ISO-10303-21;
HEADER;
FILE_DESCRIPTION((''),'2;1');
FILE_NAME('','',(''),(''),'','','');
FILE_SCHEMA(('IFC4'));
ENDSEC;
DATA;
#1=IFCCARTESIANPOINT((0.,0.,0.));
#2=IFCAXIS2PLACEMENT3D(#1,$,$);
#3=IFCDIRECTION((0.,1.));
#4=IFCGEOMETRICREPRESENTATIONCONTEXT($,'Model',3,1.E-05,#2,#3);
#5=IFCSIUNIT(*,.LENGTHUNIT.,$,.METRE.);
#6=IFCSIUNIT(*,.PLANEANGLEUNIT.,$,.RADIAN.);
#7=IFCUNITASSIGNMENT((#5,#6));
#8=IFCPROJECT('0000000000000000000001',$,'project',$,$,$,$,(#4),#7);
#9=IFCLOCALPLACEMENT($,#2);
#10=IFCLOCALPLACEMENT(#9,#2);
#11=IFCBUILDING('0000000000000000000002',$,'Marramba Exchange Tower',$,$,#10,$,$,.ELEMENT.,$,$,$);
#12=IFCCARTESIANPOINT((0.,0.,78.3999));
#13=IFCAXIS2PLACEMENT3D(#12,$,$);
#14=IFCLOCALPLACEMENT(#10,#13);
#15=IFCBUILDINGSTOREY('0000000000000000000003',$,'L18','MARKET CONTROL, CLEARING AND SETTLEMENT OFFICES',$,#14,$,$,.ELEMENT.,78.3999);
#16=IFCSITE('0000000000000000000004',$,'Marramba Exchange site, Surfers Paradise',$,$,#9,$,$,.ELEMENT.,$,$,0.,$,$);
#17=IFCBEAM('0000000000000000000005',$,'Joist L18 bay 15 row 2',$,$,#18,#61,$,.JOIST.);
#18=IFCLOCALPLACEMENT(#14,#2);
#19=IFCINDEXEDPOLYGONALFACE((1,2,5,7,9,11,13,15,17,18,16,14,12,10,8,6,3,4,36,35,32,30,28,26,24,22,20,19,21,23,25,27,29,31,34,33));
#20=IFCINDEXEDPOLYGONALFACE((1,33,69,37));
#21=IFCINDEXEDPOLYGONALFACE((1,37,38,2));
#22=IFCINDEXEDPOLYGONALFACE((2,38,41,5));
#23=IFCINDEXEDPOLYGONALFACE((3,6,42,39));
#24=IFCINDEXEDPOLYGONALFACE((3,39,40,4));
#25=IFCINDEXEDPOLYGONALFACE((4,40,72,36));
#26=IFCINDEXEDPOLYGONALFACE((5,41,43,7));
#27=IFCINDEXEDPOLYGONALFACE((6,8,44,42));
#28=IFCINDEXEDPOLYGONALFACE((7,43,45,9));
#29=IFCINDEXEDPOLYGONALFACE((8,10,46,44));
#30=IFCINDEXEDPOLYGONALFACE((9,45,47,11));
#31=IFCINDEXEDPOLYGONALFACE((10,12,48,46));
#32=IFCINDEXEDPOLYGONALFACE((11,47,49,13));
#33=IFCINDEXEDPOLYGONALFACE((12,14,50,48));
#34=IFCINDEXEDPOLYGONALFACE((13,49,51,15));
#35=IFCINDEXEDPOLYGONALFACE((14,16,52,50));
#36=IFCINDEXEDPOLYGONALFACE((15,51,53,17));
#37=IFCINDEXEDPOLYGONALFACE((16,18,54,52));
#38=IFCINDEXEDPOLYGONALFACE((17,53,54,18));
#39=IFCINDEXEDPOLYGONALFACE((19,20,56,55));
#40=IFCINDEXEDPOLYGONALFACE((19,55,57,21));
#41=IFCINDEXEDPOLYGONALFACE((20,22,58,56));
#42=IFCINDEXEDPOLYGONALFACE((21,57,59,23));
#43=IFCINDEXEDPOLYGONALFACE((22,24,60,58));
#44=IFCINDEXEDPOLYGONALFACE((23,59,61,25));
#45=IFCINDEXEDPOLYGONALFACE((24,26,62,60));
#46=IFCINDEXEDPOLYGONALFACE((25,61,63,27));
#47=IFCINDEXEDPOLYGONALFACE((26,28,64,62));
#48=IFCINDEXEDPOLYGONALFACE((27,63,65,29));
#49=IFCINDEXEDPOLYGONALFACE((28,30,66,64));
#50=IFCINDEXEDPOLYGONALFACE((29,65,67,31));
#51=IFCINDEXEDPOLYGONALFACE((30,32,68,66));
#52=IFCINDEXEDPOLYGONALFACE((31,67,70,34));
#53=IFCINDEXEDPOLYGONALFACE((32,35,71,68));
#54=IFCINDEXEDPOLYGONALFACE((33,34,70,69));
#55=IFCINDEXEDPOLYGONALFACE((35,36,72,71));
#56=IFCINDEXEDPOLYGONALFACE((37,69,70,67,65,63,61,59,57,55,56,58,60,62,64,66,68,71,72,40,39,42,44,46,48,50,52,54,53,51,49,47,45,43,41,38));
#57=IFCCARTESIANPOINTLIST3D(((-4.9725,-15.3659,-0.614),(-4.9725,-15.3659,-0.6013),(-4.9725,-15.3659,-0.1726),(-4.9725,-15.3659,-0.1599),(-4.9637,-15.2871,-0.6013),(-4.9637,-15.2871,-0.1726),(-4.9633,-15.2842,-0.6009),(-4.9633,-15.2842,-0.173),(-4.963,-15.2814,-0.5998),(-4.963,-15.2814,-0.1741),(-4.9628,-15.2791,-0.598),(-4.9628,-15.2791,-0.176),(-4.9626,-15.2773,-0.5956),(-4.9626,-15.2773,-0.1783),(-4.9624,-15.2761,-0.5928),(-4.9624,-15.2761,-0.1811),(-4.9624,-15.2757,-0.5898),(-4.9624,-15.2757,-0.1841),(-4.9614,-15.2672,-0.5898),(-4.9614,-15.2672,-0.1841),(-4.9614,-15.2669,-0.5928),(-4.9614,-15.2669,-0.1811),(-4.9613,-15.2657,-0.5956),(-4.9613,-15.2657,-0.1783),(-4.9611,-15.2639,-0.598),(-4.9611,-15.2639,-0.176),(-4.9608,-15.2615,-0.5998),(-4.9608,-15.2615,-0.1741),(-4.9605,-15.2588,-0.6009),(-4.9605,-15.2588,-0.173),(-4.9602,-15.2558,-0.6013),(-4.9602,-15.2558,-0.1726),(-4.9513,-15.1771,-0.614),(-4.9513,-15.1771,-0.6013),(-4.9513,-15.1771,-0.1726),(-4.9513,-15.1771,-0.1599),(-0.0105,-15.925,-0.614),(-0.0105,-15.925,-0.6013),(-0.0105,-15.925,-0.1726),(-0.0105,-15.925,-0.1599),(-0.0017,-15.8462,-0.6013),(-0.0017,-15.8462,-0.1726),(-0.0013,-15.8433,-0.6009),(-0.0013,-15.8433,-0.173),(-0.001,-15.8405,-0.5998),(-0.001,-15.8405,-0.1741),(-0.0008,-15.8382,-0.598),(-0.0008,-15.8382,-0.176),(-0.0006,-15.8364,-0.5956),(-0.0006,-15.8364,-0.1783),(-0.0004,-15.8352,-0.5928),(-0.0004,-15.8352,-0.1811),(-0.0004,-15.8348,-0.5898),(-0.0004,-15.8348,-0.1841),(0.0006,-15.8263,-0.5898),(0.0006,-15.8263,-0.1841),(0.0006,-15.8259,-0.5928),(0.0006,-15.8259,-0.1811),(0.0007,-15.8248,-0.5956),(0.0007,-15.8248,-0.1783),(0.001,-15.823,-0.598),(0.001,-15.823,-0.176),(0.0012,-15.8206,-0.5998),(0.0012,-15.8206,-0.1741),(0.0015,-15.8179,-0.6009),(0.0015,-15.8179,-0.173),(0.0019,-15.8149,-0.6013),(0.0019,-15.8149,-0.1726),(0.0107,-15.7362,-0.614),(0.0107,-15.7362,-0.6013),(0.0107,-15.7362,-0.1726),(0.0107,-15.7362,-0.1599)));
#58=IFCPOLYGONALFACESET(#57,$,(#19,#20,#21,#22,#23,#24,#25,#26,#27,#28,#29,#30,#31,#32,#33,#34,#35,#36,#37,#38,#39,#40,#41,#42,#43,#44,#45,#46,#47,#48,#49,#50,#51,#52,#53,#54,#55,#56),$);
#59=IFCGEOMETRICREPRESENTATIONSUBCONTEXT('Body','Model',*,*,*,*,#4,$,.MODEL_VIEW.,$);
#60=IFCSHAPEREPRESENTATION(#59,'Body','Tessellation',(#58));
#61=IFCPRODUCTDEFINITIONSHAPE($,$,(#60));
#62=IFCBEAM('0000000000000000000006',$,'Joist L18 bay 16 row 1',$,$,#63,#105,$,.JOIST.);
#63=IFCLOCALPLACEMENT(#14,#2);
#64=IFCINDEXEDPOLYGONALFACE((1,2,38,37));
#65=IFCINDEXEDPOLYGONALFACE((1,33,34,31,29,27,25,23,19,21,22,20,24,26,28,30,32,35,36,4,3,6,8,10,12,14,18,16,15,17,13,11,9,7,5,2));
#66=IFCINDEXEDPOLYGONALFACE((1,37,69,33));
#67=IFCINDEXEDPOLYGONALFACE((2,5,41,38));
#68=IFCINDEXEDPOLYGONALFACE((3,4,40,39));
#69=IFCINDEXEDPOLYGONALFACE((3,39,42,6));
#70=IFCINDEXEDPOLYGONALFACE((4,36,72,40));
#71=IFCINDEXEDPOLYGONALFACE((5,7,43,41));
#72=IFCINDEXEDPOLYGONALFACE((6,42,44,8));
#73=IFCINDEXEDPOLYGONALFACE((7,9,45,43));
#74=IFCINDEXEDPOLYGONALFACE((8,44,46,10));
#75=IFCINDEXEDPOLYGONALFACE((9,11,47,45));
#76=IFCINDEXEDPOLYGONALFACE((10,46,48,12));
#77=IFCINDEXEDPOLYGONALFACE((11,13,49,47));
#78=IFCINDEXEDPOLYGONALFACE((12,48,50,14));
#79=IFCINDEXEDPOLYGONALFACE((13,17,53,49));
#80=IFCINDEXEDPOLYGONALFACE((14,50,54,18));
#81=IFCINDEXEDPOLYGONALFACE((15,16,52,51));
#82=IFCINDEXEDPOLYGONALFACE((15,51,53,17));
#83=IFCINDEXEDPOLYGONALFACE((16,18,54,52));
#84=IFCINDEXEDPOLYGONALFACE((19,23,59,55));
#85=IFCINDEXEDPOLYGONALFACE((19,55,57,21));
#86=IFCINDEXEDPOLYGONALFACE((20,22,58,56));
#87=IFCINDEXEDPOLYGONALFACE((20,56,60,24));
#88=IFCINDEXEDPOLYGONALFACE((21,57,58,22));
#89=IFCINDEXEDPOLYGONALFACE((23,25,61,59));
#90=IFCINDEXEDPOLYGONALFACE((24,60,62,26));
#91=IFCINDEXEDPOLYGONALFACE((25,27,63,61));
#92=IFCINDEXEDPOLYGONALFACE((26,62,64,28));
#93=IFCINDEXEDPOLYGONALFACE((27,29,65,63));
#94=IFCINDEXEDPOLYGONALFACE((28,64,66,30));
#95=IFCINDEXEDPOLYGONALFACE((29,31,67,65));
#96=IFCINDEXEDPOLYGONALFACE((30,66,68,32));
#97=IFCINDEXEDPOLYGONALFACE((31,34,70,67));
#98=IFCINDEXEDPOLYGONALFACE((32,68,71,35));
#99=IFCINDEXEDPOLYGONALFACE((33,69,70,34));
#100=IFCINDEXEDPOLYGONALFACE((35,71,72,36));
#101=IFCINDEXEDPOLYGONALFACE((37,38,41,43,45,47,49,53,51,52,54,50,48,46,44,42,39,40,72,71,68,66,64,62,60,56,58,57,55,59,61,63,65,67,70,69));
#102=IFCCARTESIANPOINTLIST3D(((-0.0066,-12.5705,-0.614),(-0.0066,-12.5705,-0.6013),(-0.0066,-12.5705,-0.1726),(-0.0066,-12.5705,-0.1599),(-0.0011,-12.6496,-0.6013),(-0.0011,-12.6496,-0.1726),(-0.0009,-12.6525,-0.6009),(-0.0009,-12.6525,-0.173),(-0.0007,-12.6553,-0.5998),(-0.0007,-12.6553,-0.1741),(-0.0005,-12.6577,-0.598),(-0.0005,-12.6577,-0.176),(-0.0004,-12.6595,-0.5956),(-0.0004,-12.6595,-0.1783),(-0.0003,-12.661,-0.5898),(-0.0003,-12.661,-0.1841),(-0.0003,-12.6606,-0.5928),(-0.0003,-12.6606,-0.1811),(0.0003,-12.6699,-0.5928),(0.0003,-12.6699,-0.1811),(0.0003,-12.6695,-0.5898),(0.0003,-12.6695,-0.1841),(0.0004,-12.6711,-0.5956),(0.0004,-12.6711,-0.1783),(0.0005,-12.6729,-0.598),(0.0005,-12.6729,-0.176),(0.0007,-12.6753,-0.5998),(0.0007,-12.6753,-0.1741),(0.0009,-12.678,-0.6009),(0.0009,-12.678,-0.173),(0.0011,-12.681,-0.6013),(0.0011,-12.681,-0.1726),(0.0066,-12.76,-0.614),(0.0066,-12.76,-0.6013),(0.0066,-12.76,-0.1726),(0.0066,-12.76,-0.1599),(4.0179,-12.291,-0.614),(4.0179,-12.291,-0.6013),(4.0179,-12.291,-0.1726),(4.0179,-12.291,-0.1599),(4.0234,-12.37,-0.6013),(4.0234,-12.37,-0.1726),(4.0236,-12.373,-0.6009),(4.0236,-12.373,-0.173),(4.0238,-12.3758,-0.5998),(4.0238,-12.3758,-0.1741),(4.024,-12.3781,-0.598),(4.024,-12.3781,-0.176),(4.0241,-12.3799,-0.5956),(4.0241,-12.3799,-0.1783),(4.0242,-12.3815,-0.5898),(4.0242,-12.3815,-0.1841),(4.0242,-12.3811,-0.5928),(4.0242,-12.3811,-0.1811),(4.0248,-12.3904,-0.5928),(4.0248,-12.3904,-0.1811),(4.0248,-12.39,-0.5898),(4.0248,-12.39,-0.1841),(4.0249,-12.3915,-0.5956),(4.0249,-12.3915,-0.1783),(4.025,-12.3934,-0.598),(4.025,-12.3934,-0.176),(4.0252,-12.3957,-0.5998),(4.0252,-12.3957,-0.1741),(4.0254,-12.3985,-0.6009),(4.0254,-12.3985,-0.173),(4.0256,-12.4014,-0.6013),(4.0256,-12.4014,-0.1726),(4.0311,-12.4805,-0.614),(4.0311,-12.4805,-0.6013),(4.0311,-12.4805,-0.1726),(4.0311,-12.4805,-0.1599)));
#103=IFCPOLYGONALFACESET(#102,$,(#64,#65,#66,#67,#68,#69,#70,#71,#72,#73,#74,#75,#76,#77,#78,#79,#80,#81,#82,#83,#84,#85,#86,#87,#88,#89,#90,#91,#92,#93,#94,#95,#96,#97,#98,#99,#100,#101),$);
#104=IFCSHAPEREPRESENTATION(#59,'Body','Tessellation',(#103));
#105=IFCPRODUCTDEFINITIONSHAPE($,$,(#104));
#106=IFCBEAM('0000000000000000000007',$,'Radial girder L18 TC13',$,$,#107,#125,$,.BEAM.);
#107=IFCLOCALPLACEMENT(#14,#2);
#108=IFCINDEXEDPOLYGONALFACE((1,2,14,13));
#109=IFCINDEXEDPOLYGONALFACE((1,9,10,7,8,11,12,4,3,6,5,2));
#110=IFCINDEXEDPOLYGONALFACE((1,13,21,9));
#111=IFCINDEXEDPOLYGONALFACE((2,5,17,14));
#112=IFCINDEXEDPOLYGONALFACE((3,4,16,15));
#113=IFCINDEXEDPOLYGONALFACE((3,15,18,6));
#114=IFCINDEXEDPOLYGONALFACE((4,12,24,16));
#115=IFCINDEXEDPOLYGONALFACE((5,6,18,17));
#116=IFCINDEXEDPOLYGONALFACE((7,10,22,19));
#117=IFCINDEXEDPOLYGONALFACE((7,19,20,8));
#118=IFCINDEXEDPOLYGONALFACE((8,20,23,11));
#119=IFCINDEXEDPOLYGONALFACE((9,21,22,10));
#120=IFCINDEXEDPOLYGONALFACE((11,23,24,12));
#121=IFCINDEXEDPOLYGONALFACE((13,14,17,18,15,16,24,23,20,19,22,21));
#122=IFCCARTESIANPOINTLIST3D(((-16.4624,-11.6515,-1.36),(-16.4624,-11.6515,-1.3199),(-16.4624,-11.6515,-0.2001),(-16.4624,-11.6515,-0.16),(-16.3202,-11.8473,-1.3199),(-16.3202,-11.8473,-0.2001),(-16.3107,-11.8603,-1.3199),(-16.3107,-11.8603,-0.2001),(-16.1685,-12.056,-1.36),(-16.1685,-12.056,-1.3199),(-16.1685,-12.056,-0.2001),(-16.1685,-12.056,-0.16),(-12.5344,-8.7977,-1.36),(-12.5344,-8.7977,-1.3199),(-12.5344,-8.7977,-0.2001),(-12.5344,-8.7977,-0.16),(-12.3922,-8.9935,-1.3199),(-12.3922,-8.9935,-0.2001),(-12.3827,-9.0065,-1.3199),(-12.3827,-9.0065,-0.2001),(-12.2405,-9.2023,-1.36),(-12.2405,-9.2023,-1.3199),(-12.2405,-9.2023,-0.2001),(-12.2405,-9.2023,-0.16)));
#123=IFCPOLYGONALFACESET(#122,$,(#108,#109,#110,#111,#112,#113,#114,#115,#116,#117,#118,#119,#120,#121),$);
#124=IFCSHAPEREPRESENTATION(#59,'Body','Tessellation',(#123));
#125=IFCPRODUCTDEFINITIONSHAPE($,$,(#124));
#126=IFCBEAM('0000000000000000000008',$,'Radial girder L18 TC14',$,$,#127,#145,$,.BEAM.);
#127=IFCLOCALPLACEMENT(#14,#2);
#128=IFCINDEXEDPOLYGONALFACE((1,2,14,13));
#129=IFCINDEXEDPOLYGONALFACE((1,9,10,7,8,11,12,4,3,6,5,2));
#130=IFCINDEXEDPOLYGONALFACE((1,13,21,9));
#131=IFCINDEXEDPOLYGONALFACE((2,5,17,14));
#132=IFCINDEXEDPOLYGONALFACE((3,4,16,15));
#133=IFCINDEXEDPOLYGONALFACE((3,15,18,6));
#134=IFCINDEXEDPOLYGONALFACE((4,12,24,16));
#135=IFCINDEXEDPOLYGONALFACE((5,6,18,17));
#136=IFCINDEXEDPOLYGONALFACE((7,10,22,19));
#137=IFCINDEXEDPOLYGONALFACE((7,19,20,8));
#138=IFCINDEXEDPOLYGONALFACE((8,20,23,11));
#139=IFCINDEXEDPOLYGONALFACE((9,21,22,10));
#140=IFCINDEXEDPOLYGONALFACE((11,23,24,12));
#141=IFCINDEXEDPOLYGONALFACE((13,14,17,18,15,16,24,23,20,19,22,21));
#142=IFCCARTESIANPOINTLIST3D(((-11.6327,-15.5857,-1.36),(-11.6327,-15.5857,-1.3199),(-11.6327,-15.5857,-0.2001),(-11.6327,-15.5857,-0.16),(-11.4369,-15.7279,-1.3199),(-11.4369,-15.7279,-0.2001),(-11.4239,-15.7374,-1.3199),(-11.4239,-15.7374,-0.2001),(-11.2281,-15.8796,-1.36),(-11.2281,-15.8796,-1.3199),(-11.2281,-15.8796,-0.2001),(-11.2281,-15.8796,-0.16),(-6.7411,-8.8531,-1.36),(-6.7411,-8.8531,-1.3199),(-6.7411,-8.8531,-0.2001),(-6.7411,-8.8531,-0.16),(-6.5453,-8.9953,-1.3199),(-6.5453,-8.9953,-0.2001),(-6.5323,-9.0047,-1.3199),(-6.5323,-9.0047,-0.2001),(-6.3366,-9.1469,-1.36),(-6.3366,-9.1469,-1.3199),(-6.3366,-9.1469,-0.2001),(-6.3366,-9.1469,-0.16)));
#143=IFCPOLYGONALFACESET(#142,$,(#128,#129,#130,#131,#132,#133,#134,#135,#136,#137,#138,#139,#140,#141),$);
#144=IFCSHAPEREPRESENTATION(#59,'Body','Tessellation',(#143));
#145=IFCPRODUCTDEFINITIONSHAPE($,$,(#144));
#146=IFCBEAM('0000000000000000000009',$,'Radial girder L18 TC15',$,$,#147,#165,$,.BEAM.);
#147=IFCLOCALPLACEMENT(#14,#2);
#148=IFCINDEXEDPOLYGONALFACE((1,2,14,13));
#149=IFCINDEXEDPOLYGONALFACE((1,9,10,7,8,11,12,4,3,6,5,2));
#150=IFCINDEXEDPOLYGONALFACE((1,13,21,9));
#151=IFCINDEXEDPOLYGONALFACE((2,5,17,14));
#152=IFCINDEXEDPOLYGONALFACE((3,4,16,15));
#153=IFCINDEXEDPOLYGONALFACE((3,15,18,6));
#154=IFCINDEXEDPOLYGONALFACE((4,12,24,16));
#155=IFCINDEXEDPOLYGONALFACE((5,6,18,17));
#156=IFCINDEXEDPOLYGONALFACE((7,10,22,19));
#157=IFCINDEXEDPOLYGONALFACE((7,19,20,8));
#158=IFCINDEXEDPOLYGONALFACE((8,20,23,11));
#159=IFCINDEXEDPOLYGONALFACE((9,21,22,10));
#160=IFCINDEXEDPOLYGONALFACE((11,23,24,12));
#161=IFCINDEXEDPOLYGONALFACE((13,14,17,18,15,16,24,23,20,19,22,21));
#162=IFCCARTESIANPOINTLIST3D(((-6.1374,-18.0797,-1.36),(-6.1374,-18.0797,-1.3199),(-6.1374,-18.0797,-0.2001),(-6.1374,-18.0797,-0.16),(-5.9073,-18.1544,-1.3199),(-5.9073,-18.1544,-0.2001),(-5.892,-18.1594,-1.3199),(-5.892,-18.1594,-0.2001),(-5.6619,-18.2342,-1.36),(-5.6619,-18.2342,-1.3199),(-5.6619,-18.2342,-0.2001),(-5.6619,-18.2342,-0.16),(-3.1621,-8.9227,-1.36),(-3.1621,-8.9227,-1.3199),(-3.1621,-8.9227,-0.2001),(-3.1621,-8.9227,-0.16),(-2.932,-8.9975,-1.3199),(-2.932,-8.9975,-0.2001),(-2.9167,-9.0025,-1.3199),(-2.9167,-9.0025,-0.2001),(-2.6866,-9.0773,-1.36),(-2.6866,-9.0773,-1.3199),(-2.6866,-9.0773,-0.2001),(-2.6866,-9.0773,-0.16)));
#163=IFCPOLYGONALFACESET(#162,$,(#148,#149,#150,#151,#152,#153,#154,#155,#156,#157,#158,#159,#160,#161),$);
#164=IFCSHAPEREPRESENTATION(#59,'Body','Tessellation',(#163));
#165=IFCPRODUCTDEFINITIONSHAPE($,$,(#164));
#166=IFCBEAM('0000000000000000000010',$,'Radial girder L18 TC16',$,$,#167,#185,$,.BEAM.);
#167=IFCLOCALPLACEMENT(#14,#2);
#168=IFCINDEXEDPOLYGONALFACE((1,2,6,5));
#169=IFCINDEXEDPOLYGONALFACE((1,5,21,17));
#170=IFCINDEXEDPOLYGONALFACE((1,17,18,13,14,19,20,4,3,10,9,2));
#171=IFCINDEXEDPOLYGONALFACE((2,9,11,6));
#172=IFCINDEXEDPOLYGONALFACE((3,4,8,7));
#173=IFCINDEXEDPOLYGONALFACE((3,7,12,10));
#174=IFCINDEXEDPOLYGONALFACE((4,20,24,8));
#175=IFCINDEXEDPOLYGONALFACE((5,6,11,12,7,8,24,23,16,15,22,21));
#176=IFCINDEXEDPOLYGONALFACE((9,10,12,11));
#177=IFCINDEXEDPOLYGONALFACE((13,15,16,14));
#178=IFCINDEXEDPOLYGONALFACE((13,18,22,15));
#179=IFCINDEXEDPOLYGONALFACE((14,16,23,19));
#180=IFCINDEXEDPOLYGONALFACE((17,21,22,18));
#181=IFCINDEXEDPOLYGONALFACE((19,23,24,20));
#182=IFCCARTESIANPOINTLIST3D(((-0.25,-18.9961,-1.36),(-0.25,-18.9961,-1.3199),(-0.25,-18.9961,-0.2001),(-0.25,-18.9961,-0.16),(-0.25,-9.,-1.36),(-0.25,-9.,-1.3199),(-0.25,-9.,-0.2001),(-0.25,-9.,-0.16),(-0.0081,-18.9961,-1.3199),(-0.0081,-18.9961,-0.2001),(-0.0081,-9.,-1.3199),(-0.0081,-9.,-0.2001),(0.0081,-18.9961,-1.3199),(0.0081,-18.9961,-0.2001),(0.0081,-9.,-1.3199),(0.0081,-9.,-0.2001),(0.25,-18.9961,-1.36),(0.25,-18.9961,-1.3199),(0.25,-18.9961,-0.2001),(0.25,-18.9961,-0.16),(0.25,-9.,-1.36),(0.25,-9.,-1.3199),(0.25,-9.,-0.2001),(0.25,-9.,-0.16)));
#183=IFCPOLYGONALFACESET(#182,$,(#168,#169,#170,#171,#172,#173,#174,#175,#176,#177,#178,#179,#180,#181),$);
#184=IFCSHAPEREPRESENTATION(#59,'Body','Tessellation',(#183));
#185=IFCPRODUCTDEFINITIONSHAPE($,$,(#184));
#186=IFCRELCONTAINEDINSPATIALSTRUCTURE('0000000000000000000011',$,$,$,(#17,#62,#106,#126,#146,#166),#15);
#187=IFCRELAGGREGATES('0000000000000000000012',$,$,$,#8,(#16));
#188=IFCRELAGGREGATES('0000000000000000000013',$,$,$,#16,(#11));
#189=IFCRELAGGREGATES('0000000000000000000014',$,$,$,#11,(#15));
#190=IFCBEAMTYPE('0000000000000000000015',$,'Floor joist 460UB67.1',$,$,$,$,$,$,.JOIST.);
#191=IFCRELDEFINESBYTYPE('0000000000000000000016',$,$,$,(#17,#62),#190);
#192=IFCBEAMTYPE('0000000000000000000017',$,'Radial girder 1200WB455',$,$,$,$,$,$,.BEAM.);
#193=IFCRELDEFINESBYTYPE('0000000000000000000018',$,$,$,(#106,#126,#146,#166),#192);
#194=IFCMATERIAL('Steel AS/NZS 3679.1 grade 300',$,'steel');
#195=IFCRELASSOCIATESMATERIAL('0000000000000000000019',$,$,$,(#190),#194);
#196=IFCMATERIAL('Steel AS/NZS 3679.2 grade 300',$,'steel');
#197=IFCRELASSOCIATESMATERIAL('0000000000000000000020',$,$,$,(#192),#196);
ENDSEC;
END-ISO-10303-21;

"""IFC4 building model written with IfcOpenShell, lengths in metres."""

from ifc_helpers import new_model, si_unit, direction, frame, origin, origin_2d, place, context, subcontext, project, spatial, i_section, extrude, material, material_profile, profile_set, type_object, element, save


model = new_model("IFC4")

# Units and contexts
model_context = context("Model", 3, precision=1e-05, world=origin(), true_north=direction((0.0, 1.0)))
body_context = subcontext(model_context, "Body", "Model", "MODEL_VIEW")
ifc_project = project(units=[si_unit("LENGTHUNIT", "METRE"), si_unit("PLANEANGLEUNIT", "RADIAN")], contexts=[model_context])

# Site, building, storey
site_placement = place(None, origin())
site = spatial("IfcSite", under=ifc_project, at=site_placement, Name="Marramba Exchange site, Surfers Paradise", CompositionType="ELEMENT", RefElevation=0.0)
building_placement = place(site_placement, origin())
building = spatial("IfcBuilding", under=site, at=building_placement, Name="Marramba Exchange Tower", CompositionType="ELEMENT")
storey_placement = place(building_placement, frame((0.0, 0.0, 78.3999)))
storey = spatial("IfcBuildingStorey", under=building, at=storey_placement, Name="L18", Description="MARKET CONTROL, CLEARING AND SETTLEMENT OFFICES", CompositionType="ELEMENT", Elevation=78.3999)

# Beams
ifc_material_1 = material(Name="Steel AS/NZS 3679.2 grade 300", Category="steel")
ifc_material_2 = material(Name="Steel AS/NZS 3679.1 grade 300", Category="steel")
ifc_material_profile_1 = material_profile(ifc_material_2, i_section(OverallWidth=0.1899, OverallDepth=0.4541, WebThickness=0.0085, FlangeThickness=0.0127, FilletRadius=0.0115, at=origin_2d()), Name="460UB67.1")
ifc_profile_set_1 = profile_set([ifc_material_profile_1], Name="Steel AS/NZS 3679.1 grade 300")
beam_type_1 = type_object("IfcBeamType", Name="Floor joist 460UB67.1", PredefinedType="JOIST", material=ifc_profile_set_1)
beam_1_placement = place(storey_placement, frame((-4.9619, -15.2715, -0.387), z_axis=(0.993712, -0.111966, 0.0), x_axis=(0.111966, 0.993712, 0.0)))
element("IfcBeam", 1, at=beam_1_placement, inside=storey, type_object=beam_type_1, Name="Joist L18 bay 15 row 2", PredefinedType="JOIST", context=body_context, shape_type="SweptSolid", body=[
    extrude(i_section(OverallWidth=0.1899, OverallDepth=0.4541, WebThickness=0.0085, FlangeThickness=0.0127, FilletRadius=0.0115, at=origin_2d()), origin(), (0.0, 0.0, 1.0), 4.9934),
])
beam_2_placement = place(storey_placement, frame((0.0, -12.6653, -0.387), z_axis=(0.997596, 0.069294, 0.0), x_axis=(-0.069294, 0.997596, 0.0)))
element("IfcBeam", 2, at=beam_2_placement, inside=storey, type_object=beam_type_1, Name="Joist L18 bay 16 row 1", PredefinedType="JOIST", context=body_context, shape_type="SweptSolid", body=[
    extrude(i_section(OverallWidth=0.1899, OverallDepth=0.4541, WebThickness=0.0085, FlangeThickness=0.0127, FilletRadius=0.0115, at=origin_2d()), origin(), (0.0, 0.0, 1.0), 4.0342),
])
ifc_material_profile_2 = material_profile(ifc_material_1, i_section(OverallWidth=0.5, OverallDepth=1.2, WebThickness=0.0161, FlangeThickness=0.04, at=origin_2d()), Name="1200WB455")
ifc_profile_set_2 = profile_set([ifc_material_profile_2], Name="Steel AS/NZS 3679.2 grade 300")
beam_type_2 = type_object("IfcBeamType", Name="Radial girder 1200WB455", PredefinedType="BEAM", material=ifc_profile_set_2)
beam_3_placement = place(storey_placement, frame((-12.3875, -9.0, -0.76), z_axis=(-0.809025, -0.587774, 0.0), x_axis=(0.587774, -0.809025, 0.0)))
element("IfcBeam", 3, at=beam_3_placement, inside=storey, type_object=beam_type_2, Name="Radial girder L18 TC13", PredefinedType="BEAM", context=body_context, shape_type="SweptSolid", body=[
    extrude(i_section(OverallWidth=0.5, OverallDepth=1.2, WebThickness=0.0161, FlangeThickness=0.04, at=origin_2d()), origin(), (0.0, 0.0, 1.0), 4.8552),
])
beam_4_placement = place(storey_placement, frame((-6.5388, -9.0, -0.76), z_axis=(-0.587788, -0.809015, 0.0), x_axis=(0.809015, -0.587788, 0.0)))
element("IfcBeam", 4, at=beam_4_placement, inside=storey, type_object=beam_type_2, Name="Radial girder L18 TC14", PredefinedType="BEAM", context=body_context, shape_type="SweptSolid", body=[
    extrude(i_section(OverallWidth=0.5, OverallDepth=1.2, WebThickness=0.0161, FlangeThickness=0.04, at=origin_2d()), origin(), (0.0, 0.0, 1.0), 8.322),
])
beam_5_placement = place(storey_placement, frame((-2.9243, -9.0, -0.76), z_axis=(-0.309022, -0.951055, 0.0), x_axis=(0.951055, -0.309022, 0.0)))
element("IfcBeam", 5, at=beam_5_placement, inside=storey, type_object=beam_type_2, Name="Radial girder L18 TC15", PredefinedType="BEAM", context=body_context, shape_type="SweptSolid", body=[
    extrude(i_section(OverallWidth=0.5, OverallDepth=1.2, WebThickness=0.0161, FlangeThickness=0.04, at=origin_2d()), origin(), (0.0, 0.0, 1.0), 9.6282),
])
beam_6_placement = place(storey_placement, frame((0.0, -9.0, -0.76), z_axis=(0.0, -1.0, 0.0), x_axis=(1.0, 0.0, 0.0)))
element("IfcBeam", 6, at=beam_6_placement, inside=storey, type_object=beam_type_2, Name="Radial girder L18 TC16", PredefinedType="BEAM", context=body_context, shape_type="SweptSolid", body=[
    extrude(i_section(OverallWidth=0.5, OverallDepth=1.2, WebThickness=0.0161, FlangeThickness=0.04, at=origin_2d()), origin(), (0.0, 0.0, 1.0), 9.9961),
])

save(model, "model.ifc")
